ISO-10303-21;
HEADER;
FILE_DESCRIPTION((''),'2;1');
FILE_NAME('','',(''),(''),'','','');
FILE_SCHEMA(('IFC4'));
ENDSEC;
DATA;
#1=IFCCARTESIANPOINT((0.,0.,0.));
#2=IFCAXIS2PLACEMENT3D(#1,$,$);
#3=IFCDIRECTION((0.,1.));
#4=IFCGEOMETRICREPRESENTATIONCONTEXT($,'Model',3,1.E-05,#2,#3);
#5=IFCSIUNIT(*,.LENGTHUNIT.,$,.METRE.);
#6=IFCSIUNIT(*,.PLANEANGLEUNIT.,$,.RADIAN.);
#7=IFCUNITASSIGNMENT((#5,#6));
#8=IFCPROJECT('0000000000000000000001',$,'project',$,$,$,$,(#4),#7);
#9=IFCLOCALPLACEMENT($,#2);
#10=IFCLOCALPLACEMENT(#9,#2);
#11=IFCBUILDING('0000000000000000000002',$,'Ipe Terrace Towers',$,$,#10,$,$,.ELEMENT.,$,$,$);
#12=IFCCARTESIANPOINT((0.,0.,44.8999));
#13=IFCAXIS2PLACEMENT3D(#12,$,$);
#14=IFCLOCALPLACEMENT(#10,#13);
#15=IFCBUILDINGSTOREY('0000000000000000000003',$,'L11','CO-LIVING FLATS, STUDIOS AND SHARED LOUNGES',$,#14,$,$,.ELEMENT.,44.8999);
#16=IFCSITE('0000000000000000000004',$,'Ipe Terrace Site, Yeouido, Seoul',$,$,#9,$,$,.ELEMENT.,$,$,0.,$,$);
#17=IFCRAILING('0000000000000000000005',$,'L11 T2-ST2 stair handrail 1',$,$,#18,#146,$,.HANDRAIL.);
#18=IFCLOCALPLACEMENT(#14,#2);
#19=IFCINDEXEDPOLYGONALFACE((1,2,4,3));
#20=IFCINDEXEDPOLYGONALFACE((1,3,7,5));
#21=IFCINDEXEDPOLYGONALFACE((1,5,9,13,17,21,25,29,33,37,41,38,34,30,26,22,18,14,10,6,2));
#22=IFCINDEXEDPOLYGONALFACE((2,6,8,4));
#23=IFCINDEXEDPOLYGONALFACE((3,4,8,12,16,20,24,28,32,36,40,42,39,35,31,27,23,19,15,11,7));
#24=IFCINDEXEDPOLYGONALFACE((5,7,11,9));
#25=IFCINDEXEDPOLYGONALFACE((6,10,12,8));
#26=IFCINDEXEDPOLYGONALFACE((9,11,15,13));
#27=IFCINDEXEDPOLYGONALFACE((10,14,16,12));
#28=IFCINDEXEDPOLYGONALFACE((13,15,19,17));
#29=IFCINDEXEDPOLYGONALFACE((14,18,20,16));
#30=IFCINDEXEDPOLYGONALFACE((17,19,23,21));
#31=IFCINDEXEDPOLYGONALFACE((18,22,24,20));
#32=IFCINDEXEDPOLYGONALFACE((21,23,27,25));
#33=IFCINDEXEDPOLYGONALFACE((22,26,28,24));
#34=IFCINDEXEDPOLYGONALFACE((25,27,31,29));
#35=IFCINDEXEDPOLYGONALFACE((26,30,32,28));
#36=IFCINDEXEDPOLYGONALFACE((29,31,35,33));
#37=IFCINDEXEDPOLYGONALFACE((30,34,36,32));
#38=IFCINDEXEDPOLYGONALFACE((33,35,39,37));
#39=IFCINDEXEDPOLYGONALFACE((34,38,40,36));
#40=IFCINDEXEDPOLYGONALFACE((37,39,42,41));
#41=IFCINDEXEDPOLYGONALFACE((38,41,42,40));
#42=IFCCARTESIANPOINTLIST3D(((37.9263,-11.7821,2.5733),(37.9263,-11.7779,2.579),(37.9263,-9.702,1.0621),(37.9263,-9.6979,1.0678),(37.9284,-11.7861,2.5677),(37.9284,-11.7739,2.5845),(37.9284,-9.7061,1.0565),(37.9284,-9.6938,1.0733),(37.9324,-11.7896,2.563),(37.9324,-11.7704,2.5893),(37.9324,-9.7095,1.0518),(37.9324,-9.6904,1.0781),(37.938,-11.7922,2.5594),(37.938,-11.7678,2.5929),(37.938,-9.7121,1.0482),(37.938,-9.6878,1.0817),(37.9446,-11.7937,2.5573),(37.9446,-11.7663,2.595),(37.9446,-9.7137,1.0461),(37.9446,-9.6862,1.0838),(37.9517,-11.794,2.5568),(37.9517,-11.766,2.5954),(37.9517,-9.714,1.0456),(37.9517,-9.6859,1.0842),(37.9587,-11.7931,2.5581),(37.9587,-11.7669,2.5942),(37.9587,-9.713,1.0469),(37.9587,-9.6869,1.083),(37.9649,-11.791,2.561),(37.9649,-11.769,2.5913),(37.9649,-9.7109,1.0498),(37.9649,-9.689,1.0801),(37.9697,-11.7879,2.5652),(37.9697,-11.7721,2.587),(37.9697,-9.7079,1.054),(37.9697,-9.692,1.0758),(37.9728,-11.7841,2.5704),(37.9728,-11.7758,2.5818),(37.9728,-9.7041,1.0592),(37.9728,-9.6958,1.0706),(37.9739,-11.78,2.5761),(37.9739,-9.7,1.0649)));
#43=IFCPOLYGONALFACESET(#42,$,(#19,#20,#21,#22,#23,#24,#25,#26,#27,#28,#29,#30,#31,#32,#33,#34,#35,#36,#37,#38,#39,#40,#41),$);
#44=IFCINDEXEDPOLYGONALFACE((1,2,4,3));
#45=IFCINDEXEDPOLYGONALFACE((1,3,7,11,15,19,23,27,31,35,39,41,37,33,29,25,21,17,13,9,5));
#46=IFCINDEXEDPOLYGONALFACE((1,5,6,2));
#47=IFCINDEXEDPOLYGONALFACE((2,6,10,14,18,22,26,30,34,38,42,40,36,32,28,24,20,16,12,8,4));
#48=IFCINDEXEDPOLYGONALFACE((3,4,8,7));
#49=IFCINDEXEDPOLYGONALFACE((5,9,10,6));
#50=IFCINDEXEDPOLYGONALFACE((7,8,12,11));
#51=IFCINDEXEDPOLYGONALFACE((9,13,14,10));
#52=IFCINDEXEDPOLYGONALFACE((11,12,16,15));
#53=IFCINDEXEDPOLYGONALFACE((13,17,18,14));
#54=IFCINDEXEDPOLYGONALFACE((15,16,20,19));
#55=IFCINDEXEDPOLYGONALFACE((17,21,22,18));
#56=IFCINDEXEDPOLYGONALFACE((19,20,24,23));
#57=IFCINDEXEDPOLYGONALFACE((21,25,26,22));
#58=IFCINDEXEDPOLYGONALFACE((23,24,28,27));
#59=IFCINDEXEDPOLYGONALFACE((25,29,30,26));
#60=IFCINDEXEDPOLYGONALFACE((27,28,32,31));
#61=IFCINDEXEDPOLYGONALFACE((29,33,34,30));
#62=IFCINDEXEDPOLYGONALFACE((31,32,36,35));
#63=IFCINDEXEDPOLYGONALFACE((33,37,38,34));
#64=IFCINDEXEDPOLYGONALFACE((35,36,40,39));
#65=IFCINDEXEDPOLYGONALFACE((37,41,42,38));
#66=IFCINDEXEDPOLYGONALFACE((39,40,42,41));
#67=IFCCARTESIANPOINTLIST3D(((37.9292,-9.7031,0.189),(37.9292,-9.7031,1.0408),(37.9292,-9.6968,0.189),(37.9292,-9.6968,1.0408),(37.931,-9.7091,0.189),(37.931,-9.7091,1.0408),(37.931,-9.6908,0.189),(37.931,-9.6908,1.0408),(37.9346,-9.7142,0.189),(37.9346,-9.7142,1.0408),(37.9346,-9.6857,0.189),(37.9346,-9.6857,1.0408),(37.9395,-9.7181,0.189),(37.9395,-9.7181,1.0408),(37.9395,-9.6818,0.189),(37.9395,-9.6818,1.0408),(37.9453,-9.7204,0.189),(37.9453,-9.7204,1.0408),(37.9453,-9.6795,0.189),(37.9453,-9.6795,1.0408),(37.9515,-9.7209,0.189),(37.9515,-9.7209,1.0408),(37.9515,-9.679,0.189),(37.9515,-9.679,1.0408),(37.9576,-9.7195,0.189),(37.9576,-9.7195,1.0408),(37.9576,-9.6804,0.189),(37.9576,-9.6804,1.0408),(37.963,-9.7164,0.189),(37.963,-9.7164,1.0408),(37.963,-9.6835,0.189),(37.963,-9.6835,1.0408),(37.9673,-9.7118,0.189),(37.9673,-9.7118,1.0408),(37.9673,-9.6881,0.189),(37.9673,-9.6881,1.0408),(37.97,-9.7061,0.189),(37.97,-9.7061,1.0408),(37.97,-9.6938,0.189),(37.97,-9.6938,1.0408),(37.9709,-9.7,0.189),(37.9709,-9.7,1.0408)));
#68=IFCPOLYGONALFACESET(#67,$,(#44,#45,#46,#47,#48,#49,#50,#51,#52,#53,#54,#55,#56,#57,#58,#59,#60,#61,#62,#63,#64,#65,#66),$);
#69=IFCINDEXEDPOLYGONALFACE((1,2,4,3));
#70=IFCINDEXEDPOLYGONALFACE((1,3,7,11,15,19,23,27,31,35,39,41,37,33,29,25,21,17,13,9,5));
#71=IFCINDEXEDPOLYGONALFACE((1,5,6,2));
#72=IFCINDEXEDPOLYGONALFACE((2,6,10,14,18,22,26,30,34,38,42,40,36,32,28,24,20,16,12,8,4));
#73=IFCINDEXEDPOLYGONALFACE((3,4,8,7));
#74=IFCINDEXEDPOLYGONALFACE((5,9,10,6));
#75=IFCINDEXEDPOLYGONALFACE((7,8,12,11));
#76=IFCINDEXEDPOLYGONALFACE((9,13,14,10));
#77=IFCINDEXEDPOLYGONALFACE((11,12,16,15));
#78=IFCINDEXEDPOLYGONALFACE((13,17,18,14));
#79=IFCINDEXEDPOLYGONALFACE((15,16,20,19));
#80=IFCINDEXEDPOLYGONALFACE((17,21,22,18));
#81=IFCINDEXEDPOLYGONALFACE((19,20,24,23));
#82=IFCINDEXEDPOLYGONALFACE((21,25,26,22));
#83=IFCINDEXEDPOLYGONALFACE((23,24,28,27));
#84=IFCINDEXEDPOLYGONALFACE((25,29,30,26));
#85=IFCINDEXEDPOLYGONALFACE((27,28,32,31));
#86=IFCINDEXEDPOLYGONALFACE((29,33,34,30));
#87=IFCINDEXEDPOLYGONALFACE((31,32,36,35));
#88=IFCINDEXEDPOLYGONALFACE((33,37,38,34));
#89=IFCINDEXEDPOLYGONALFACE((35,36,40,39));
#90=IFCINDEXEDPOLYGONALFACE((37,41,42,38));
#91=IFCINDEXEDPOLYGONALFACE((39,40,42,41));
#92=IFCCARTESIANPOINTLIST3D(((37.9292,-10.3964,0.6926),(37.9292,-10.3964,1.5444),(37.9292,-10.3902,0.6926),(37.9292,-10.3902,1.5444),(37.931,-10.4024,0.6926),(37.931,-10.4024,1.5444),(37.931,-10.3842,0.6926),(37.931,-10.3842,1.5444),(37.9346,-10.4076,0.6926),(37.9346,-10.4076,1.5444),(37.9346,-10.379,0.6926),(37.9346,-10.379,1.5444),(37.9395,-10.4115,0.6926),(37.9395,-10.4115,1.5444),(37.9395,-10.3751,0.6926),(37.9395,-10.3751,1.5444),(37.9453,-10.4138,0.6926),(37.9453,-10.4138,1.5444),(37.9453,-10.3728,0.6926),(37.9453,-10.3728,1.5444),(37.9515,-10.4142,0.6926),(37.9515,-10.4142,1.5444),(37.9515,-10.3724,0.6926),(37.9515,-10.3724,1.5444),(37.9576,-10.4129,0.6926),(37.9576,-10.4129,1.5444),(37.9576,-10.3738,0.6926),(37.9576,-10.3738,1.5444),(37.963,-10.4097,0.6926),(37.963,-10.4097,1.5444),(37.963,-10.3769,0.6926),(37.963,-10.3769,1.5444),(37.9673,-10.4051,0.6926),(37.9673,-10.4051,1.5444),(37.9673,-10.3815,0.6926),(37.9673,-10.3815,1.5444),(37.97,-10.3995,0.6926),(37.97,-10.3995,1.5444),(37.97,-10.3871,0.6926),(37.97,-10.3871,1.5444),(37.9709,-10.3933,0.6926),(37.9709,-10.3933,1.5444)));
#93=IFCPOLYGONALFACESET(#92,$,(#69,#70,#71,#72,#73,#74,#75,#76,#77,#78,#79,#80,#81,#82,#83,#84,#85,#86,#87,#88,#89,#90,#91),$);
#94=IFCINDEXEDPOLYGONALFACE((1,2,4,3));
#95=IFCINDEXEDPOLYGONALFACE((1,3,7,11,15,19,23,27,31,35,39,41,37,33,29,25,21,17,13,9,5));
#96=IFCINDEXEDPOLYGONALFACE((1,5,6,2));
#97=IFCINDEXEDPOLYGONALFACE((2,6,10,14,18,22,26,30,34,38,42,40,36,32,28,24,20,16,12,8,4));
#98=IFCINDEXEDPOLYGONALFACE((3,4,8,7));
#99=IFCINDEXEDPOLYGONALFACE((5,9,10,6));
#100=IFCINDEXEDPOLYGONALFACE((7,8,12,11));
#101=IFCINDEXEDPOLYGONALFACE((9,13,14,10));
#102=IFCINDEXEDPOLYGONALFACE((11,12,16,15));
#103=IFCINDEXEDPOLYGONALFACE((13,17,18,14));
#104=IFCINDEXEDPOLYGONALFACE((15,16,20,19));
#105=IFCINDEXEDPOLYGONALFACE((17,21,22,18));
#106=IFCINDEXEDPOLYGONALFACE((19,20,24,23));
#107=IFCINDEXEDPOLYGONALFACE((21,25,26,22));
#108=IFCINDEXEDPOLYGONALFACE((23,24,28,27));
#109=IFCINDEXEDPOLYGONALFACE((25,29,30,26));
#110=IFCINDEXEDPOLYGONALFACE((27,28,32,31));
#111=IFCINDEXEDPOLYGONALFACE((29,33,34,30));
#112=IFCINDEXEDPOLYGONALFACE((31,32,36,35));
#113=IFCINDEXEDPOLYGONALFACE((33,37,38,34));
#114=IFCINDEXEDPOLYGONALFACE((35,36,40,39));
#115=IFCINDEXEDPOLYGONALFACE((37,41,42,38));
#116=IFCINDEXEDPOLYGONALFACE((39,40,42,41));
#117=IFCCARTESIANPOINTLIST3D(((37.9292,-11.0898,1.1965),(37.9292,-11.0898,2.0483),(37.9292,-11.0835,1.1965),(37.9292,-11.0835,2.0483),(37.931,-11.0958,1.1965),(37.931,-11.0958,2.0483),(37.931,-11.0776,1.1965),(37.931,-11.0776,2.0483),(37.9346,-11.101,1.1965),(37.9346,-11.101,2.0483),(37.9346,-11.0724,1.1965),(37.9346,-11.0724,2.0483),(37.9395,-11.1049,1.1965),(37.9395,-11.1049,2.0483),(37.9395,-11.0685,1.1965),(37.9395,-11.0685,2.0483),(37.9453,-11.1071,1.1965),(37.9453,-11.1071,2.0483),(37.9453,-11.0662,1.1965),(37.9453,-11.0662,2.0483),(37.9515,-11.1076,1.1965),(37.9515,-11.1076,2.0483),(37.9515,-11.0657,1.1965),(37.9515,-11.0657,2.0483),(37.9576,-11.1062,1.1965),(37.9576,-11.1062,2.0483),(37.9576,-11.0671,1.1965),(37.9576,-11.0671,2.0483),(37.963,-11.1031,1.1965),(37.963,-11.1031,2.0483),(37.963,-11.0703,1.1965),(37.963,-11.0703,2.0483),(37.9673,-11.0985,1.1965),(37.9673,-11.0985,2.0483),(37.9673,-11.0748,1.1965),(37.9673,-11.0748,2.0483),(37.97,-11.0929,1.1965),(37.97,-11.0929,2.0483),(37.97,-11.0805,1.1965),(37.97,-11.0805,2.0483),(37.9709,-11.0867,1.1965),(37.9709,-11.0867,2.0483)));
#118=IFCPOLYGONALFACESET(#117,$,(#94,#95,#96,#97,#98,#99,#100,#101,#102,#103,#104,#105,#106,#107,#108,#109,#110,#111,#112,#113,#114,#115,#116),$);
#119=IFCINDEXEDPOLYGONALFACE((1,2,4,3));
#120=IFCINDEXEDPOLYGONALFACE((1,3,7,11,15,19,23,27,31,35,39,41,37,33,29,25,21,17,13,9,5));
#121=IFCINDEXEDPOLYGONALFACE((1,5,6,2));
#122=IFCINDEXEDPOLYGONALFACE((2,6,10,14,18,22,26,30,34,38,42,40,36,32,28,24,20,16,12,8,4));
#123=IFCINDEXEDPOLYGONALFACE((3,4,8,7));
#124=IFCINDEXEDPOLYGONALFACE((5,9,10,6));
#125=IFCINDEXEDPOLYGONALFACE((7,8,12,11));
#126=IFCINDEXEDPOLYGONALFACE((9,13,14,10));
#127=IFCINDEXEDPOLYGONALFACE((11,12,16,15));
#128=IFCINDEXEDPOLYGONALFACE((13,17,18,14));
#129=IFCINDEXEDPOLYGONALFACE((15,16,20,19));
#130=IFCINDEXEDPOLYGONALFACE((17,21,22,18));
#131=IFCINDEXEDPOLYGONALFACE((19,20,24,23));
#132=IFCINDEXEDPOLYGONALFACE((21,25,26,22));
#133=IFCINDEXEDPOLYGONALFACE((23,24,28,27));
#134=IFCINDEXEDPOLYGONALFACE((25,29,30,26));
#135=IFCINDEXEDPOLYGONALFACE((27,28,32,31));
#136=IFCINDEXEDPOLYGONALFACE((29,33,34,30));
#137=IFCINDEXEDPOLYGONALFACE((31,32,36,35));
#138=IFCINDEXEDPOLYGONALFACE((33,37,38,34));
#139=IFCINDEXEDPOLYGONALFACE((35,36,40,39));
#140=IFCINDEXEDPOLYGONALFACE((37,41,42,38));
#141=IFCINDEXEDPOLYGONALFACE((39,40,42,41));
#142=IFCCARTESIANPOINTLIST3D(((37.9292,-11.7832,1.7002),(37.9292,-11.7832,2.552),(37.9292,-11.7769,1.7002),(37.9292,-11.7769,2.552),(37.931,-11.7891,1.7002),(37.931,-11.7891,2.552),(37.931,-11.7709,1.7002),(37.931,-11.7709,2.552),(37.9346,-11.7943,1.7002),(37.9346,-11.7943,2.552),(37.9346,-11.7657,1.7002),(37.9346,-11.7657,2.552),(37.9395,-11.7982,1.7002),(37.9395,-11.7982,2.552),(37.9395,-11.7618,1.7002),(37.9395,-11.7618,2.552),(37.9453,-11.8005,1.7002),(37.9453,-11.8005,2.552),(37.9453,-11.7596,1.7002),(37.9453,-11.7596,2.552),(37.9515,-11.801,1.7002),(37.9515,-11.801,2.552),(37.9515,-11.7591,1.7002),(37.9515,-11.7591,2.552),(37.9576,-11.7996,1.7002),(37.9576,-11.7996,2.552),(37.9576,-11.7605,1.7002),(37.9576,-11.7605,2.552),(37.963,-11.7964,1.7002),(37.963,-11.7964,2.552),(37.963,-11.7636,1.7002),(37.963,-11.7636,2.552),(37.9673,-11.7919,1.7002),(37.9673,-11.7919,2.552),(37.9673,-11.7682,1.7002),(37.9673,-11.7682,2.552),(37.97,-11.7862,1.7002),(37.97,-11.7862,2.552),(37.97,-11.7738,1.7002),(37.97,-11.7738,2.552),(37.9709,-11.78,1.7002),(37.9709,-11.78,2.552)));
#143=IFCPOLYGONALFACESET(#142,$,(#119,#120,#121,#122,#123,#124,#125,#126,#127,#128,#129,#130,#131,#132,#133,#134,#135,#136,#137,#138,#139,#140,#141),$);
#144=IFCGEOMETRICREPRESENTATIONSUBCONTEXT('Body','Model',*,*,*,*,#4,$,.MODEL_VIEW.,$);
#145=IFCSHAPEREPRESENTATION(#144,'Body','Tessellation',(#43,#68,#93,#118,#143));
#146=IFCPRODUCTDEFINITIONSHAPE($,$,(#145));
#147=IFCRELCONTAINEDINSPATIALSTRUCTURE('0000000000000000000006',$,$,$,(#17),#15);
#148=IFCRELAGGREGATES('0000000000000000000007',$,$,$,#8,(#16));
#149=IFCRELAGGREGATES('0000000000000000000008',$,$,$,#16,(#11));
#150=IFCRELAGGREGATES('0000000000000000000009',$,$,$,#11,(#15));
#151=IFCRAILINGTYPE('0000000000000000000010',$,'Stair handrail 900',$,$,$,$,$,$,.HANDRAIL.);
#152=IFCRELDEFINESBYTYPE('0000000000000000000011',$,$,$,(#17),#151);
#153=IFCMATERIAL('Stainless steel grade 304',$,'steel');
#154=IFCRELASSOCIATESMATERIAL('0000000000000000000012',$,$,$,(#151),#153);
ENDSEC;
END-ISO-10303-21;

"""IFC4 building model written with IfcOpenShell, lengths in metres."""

from ifc_helpers import new_model, si_unit, direction, frame, origin, origin_2d, place, context, subcontext, project, spatial, circle, extrude, material, type_object, element, save


model = new_model("IFC4")

# Units and contexts
model_context = context("Model", 3, precision=1e-05, world=origin(), true_north=direction((0.0, 1.0)))
body_context = subcontext(model_context, "Body", "Model", "MODEL_VIEW")
ifc_project = project(units=[si_unit("LENGTHUNIT", "METRE"), si_unit("PLANEANGLEUNIT", "RADIAN")], contexts=[model_context])

# Site, building, storey
site_placement = place(None, origin())
site = spatial("IfcSite", under=ifc_project, at=site_placement, Name="Ipe Terrace Site, Yeouido, Seoul", CompositionType="ELEMENT", RefElevation=0.0)
building_placement = place(site_placement, origin())
building = spatial("IfcBuilding", under=site, at=building_placement, Name="Ipe Terrace Towers", CompositionType="ELEMENT")
storey_placement = place(building_placement, frame((0.0, 0.0, 44.8999)))
storey = spatial("IfcBuildingStorey", under=building, at=storey_placement, Name="L11", Description="CO-LIVING FLATS, STUDIOS AND SHARED LOUNGES", CompositionType="ELEMENT", Elevation=44.8999)

# Railing
ifc_material_1 = material(Name="Stainless steel grade 304", Category="steel")
railing_type_1 = type_object("IfcRailingType", Name="Stair handrail 900", PredefinedType="HANDRAIL", material=ifc_material_1)
railing_1_placement = place(storey_placement, frame((37.95, -9.7, 0.189)))
element("IfcRailing", 1, at=railing_1_placement, inside=storey, type_object=railing_type_1, Name="L11 T2-ST2 stair handrail 1", PredefinedType="HANDRAIL", context=body_context, shape_type="SweptSolid", body=[
    extrude(circle(Radius=0.0239, at=origin_2d()), frame((0.0, 0.0, 0.876), z_axis=(0.0, -0.809023, 0.587776), x_axis=(1.0, 0.0, 0.0)), (0.0, 0.0, 1.0), 2.571),
    extrude(circle(Radius=0.021, at=origin_2d()), origin(), (0.0, 0.0, 1.0), 0.8518),
    extrude(circle(Radius=0.021, at=origin_2d()), frame((0.0, -0.6934, 0.5037)), (0.0, 0.0, 1.0), 0.8518),
    extrude(circle(Radius=0.021, at=origin_2d()), frame((0.0, -1.3867, 1.0076)), (0.0, 0.0, 1.0), 0.8518),
    extrude(circle(Radius=0.021, at=origin_2d()), frame((0.0, -2.0801, 1.5112)), (0.0, 0.0, 1.0), 0.8518),
])

save(model, "model.ifc")
